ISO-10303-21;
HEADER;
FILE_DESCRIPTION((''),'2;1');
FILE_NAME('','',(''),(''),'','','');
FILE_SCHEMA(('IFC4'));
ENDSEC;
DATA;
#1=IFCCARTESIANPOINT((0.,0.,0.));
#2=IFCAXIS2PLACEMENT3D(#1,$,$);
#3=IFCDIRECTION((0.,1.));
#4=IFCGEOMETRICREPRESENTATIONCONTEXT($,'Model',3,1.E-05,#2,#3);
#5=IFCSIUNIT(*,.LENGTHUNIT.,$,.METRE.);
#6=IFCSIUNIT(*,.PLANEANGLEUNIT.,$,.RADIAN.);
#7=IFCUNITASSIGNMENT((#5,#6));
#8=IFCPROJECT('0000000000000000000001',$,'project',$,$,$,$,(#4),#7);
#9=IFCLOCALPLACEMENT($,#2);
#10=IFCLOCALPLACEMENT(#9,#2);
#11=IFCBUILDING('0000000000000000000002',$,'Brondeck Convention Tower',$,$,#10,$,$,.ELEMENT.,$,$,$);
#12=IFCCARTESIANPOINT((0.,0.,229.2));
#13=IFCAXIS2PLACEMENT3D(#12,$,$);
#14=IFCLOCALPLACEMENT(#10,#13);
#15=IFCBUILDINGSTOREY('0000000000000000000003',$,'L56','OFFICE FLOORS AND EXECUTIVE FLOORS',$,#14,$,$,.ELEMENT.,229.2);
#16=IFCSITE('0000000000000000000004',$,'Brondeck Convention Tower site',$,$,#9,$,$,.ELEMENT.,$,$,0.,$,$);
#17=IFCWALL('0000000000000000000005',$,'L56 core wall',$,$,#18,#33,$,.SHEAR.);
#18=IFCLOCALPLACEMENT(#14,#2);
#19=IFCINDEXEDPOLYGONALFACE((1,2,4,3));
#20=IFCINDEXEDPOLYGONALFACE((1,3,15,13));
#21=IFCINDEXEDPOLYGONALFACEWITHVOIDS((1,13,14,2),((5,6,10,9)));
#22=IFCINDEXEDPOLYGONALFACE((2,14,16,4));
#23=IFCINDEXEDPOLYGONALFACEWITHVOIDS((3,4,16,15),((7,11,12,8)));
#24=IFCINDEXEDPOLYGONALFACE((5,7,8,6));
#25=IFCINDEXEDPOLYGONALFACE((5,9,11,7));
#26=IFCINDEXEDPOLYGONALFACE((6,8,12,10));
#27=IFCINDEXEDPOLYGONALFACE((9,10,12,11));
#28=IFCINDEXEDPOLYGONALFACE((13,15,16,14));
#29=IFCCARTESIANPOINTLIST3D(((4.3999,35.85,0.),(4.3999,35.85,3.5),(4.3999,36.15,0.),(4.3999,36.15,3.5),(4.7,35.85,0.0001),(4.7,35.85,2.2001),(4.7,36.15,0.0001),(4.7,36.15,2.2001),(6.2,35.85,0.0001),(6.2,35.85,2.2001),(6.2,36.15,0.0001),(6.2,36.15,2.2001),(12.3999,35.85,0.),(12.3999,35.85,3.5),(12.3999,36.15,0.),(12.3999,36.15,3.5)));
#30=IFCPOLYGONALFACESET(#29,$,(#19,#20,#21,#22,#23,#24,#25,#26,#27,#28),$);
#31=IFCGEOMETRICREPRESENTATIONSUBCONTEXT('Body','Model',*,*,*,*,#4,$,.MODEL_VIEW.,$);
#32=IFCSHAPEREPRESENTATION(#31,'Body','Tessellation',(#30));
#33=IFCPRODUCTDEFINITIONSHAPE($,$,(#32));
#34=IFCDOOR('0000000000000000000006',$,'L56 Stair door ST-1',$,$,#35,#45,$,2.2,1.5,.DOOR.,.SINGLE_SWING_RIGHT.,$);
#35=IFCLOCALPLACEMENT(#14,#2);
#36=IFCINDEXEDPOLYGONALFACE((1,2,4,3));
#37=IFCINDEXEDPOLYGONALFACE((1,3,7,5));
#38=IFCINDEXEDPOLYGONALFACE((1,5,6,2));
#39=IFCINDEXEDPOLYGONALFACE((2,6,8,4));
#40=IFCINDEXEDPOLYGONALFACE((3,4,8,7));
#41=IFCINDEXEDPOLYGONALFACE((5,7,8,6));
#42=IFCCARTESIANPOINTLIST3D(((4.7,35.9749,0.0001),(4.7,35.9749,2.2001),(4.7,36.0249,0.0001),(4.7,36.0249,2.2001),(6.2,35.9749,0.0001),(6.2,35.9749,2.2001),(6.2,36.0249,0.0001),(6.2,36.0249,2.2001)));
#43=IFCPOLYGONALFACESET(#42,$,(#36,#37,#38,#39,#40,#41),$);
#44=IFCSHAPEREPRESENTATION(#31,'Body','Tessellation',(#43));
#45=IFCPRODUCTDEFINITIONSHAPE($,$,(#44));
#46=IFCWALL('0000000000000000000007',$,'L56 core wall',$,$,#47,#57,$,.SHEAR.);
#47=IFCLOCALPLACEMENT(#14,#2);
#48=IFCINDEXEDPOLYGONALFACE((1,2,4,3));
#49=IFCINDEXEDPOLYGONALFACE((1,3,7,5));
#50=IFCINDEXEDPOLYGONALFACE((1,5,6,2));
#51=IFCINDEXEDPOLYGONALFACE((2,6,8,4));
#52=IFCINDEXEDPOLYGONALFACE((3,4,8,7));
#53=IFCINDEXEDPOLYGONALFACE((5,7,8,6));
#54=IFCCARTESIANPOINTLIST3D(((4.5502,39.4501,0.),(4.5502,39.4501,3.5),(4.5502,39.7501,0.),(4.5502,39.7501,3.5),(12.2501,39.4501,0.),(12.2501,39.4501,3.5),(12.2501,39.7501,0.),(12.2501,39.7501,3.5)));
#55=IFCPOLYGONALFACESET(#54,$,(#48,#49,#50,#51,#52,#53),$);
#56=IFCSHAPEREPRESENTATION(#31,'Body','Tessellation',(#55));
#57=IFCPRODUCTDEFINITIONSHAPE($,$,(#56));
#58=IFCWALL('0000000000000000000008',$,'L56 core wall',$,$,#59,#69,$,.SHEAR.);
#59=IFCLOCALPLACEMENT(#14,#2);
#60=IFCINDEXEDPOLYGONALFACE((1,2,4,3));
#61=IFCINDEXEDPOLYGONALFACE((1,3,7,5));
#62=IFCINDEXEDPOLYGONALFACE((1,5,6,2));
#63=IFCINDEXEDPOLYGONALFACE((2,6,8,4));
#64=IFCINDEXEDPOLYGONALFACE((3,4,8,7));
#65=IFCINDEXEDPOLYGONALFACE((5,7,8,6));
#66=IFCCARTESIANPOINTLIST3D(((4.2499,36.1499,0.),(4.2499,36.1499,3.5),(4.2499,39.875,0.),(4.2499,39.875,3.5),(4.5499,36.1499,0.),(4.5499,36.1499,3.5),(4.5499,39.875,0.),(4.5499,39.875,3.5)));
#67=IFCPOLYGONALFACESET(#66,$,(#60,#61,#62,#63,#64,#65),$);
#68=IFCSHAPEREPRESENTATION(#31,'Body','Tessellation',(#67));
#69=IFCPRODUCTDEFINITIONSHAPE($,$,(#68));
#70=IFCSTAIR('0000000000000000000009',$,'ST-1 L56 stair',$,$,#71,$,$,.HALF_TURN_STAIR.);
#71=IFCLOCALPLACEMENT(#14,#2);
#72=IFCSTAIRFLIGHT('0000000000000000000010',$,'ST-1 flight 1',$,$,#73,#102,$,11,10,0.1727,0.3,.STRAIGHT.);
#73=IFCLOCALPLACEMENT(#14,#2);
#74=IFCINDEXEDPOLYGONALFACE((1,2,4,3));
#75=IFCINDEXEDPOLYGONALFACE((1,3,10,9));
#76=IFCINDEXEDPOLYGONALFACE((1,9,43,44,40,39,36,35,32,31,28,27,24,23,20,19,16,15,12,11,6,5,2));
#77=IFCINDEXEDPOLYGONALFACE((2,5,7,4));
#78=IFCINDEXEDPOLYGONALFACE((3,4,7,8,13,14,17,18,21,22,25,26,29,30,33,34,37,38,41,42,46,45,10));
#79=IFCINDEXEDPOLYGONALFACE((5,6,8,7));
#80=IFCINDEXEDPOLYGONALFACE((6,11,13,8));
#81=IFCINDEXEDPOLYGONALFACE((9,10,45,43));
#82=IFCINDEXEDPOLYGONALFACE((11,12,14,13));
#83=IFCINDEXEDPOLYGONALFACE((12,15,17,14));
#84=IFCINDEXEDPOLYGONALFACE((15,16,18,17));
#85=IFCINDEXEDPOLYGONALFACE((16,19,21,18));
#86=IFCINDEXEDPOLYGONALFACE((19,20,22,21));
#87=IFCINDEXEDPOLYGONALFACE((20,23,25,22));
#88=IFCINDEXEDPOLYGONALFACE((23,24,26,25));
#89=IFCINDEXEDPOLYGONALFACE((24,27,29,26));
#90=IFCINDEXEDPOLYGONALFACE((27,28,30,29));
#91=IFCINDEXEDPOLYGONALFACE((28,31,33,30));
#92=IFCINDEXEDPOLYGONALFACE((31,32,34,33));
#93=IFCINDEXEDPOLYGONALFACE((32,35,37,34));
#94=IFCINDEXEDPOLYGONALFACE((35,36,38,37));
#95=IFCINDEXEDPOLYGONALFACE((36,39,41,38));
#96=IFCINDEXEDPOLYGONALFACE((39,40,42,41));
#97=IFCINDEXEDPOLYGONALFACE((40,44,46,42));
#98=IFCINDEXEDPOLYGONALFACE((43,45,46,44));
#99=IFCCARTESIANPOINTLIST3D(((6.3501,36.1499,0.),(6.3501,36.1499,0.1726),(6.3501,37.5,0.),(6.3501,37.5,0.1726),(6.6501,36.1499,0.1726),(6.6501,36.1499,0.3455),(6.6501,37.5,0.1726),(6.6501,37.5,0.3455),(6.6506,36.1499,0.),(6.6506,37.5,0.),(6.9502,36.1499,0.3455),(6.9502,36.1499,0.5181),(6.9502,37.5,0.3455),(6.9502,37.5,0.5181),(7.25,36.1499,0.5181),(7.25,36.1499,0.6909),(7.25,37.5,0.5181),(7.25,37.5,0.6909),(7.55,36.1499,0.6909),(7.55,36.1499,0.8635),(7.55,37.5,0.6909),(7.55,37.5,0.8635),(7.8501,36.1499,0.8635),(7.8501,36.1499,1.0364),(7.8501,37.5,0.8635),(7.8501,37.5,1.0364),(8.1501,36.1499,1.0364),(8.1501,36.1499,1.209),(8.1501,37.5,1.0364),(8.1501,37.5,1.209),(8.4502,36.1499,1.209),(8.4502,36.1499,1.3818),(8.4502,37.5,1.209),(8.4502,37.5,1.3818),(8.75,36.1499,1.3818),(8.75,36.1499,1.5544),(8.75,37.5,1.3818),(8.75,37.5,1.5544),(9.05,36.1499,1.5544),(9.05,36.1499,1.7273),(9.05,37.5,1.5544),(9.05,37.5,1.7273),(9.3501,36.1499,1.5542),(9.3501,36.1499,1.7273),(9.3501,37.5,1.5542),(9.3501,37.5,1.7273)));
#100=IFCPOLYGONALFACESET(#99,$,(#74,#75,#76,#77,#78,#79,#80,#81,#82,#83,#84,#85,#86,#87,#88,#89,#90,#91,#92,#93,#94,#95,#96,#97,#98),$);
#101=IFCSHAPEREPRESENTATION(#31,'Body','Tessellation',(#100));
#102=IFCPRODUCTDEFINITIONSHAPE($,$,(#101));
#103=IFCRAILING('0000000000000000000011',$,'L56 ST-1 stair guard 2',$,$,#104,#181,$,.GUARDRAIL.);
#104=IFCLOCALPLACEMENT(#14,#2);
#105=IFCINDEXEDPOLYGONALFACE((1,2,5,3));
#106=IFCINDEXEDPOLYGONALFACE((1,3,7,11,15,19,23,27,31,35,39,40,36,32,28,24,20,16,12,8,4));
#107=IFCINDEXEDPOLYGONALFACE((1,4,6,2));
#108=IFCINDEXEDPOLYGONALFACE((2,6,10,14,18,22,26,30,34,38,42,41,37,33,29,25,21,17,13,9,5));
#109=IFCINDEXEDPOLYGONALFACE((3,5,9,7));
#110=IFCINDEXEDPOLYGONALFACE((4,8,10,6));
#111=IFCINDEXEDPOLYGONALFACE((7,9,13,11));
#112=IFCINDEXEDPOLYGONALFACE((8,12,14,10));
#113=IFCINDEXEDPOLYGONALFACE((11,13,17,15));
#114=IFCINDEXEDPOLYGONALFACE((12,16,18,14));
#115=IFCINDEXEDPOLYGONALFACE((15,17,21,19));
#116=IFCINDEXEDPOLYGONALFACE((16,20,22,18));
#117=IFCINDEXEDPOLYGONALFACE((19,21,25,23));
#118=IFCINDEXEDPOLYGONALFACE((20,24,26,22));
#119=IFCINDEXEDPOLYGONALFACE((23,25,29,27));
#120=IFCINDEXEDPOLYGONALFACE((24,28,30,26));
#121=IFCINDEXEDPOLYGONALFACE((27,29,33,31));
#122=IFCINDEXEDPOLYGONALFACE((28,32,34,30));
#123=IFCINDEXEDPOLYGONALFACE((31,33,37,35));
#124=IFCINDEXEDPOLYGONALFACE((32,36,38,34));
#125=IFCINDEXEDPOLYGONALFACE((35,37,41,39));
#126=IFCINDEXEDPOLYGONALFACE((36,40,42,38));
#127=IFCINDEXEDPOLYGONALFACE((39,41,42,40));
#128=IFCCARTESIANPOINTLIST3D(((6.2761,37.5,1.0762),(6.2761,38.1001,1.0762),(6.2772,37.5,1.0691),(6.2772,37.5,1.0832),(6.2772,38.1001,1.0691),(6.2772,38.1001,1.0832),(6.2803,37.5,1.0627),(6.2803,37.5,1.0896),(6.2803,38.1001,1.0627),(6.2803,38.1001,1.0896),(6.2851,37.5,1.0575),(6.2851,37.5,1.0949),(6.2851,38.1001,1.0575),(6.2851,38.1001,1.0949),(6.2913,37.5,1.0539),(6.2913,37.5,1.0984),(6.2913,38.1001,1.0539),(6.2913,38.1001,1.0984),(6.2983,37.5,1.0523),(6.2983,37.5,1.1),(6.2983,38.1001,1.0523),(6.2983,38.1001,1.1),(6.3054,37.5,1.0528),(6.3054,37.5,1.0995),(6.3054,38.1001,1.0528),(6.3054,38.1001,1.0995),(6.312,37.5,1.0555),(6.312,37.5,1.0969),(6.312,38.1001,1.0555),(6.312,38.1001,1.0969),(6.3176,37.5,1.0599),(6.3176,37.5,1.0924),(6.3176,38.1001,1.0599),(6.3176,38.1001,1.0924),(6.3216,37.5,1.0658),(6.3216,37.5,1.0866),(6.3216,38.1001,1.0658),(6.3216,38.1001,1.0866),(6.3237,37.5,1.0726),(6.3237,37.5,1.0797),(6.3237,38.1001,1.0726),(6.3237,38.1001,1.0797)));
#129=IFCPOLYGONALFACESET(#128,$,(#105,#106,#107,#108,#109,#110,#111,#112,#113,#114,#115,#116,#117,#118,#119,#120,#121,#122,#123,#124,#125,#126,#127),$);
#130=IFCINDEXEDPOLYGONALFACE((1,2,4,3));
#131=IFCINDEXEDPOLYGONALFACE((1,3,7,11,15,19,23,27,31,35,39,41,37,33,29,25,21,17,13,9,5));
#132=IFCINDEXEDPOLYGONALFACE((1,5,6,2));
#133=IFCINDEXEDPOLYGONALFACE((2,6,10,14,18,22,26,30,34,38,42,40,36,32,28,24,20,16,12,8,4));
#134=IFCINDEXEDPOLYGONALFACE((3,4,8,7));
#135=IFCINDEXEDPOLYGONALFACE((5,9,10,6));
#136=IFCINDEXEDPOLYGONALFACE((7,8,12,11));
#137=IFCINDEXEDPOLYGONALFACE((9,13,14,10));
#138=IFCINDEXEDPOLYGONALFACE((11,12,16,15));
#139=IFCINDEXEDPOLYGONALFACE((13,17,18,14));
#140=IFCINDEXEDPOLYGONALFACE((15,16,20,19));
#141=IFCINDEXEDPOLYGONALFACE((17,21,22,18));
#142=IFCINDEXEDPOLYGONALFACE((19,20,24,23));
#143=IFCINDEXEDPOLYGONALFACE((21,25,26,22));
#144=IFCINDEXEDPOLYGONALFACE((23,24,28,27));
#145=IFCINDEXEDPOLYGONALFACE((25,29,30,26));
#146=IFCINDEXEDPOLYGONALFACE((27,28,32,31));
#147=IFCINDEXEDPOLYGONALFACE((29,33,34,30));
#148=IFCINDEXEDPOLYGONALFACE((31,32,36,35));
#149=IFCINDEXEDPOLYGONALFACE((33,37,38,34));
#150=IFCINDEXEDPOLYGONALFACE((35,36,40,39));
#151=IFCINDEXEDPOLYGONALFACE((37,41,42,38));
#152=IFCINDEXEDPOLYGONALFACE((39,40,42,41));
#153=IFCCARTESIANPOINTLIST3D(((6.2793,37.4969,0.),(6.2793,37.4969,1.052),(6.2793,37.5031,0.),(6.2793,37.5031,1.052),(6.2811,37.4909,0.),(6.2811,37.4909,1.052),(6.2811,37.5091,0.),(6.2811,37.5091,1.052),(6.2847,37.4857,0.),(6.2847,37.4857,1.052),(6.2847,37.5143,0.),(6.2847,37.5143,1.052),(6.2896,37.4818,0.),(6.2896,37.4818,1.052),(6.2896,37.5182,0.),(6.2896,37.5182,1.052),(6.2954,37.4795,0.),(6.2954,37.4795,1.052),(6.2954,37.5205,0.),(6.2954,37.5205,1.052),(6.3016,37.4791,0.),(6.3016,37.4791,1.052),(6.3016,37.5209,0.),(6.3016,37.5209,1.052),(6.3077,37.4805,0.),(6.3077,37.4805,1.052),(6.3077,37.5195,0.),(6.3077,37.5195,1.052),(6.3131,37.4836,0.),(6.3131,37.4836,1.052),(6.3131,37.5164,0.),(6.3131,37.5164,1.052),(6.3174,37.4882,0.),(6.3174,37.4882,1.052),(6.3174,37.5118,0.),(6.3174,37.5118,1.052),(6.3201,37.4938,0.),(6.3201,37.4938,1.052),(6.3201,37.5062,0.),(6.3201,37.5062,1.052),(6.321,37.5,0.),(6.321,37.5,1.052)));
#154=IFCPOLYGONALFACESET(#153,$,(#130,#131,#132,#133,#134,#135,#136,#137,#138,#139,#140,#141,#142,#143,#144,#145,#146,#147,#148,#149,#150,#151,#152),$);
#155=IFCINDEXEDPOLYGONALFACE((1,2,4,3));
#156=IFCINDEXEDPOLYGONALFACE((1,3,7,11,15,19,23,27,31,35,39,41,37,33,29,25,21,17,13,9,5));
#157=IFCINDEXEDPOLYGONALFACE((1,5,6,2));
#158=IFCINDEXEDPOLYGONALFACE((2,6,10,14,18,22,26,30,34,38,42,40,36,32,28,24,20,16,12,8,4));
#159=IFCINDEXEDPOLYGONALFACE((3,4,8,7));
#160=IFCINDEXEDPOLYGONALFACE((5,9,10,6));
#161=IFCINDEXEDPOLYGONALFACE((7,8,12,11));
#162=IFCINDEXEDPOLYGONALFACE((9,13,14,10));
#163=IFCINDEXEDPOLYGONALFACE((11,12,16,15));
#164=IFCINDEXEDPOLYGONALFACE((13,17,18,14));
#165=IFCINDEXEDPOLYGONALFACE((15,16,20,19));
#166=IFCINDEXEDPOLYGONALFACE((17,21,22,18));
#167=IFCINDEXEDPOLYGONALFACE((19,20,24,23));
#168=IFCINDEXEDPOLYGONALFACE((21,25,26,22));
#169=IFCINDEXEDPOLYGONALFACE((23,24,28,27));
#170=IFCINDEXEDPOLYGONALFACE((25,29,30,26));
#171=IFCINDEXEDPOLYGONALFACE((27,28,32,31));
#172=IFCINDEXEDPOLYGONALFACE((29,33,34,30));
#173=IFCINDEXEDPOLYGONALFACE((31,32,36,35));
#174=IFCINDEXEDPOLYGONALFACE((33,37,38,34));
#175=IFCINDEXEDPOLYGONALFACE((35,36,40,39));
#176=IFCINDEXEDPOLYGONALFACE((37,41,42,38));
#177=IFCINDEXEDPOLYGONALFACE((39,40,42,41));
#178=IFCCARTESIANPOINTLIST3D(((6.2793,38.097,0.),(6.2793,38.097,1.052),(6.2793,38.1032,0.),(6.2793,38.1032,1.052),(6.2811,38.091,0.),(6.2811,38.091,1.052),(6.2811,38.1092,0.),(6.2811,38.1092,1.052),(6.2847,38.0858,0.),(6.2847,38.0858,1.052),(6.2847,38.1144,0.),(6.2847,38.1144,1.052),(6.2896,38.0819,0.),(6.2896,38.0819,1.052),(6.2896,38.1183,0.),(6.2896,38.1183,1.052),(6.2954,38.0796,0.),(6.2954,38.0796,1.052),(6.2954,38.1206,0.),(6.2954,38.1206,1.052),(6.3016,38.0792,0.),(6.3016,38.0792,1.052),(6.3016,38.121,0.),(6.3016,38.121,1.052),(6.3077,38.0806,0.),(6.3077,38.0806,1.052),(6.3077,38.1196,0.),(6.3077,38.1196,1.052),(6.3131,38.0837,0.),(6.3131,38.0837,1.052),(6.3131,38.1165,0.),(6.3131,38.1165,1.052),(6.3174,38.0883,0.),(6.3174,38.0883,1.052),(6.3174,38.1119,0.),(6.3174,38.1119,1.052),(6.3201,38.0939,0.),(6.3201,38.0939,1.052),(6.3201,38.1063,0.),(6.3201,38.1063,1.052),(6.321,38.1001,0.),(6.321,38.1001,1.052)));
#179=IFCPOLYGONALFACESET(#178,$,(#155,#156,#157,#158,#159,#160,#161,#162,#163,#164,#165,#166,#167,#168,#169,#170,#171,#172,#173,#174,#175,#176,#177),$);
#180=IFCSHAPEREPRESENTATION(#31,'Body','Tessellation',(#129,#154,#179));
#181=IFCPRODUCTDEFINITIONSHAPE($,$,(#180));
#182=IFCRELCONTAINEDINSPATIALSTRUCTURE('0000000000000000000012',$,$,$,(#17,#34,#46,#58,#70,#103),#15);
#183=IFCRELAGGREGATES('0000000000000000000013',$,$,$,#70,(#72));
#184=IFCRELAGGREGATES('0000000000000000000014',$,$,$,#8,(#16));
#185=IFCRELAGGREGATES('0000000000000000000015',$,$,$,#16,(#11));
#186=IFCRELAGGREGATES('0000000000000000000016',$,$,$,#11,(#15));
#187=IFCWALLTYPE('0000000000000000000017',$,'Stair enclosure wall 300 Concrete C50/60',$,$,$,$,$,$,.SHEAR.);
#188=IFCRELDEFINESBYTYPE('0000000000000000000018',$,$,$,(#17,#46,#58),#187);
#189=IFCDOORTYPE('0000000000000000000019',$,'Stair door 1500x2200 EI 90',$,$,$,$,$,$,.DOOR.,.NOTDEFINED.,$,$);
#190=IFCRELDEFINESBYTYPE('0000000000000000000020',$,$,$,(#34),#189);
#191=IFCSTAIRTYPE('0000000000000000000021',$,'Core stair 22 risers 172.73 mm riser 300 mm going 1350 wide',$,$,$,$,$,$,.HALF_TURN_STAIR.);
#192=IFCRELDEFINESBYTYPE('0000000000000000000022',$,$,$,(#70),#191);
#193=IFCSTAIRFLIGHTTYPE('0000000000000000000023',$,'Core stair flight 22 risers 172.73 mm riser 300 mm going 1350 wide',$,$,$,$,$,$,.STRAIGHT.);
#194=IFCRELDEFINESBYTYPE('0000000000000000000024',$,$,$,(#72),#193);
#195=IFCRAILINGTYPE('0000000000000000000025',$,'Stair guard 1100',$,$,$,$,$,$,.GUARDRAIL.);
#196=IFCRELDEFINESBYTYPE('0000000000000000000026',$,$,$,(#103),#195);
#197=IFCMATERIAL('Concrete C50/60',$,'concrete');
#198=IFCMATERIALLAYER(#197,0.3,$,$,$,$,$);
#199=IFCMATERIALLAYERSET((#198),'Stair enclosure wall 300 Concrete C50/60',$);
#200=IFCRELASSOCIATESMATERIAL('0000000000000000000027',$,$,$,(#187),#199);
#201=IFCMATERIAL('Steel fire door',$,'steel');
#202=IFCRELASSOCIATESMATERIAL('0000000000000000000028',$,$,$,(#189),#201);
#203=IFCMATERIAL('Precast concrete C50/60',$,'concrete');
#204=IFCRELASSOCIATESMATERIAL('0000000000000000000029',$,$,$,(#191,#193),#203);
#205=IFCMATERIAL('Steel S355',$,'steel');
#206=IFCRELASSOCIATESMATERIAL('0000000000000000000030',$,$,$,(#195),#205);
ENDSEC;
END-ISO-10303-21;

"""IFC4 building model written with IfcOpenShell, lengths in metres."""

from ifc_helpers import new_model, si_unit, direction, frame, frame_2d, origin, origin_2d, place, context, subcontext, project, spatial, polyline, rectangle, circle, outline, extrude, material, layer, layer_set, type_object, element, fill, aggregate, save


model = new_model("IFC4")

# Units and contexts
model_context = context("Model", 3, precision=1e-05, world=origin(), true_north=direction((0.0, 1.0)))
body_context = subcontext(model_context, "Body", "Model", "MODEL_VIEW")
ifc_project = project(units=[si_unit("LENGTHUNIT", "METRE"), si_unit("PLANEANGLEUNIT", "RADIAN")], contexts=[model_context])

# Site, building, storey
site_placement = place(None, origin())
site = spatial("IfcSite", under=ifc_project, at=site_placement, Name="Brondeck Convention Tower site", CompositionType="ELEMENT", RefElevation=0.0)
building_placement = place(site_placement, origin())
building = spatial("IfcBuilding", under=site, at=building_placement, Name="Brondeck Convention Tower", CompositionType="ELEMENT")
storey_placement = place(building_placement, frame((0.0, 0.0, 229.2)))
storey = spatial("IfcBuildingStorey", under=building, at=storey_placement, Name="L56", Description="OFFICE FLOORS AND EXECUTIVE FLOORS", CompositionType="ELEMENT", Elevation=229.2)

# Shared definitions
ifc_material_1 = material(Name="Concrete C50/60", Category="concrete")

# Shared definitions
ifc_material_2 = material(Name="Steel fire door", Category="steel")

# Wall, opening, door
ifc_layer_1 = layer(ifc_material_1, 0.3)
ifc_layer_set_1 = layer_set([ifc_layer_1], Name="Stair enclosure wall 300 Concrete C50/60")
wall_type_1 = type_object("IfcWallType", Name="Stair enclosure wall 300 Concrete C50/60", PredefinedType="SHEAR", material=ifc_layer_set_1)
wall_1_placement = place(storey_placement, frame((4.3999, 36.0, 0.0), z_axis=(0.0, 0.0, 1.0), x_axis=(1.0, 0.0, 0.0)))
wall_1 = element("IfcWall", 1, at=wall_1_placement, inside=storey, type_object=wall_type_1, Name="L56 core wall", PredefinedType="SHEAR", context=body_context, shape_type="SweptSolid", body=[
    extrude(rectangle(XDim=8.0, YDim=0.3, at=frame_2d((4.0, 0.0))), origin(), (0.0, 0.0, 1.0), 3.5),
])
opening_1_placement = place(wall_1_placement, frame((0.3, 0.0, 0.0)))
opening_1 = element("IfcOpeningElement", 2, at=opening_1_placement, cuts=wall_1, PredefinedType="OPENING", context=body_context, shape_type="SweptSolid", body=[
    extrude(rectangle(XDim=1.5, YDim=2.2, at=frame_2d((0.75, 1.1001))), frame((0.0, 0.1599, 0.0), z_axis=(0.0, -1.0, 0.0), x_axis=(1.0, 0.0, 0.0)), (0.0, 0.0, 1.0), 0.3201),
])
door_type_1 = type_object("IfcDoorType", Name="Stair door 1500x2200 EI 90", OperationType="NOTDEFINED", PredefinedType="DOOR", material=ifc_material_2)
door_1_placement = place(opening_1_placement, origin())
door_1 = element("IfcDoor", 3, at=door_1_placement, inside=storey, type_object=door_type_1, Name="L56 Stair door ST-1", OperationType="SINGLE_SWING_RIGHT", OverallHeight=2.2, OverallWidth=1.5, PredefinedType="DOOR", context=body_context, shape_type="SweptSolid", body=[
    extrude(rectangle(XDim=1.5, YDim=2.2, at=frame_2d((0.75, 1.1001))), frame((0.0, 0.0249, 0.0), z_axis=(0.0, -1.0, 0.0), x_axis=(1.0, 0.0, 0.0)), (0.0, 0.0, 1.0), 0.05),
])
fill(opening_1, door_1)

# Walls
wall_2_placement = place(storey_placement, frame((4.55, 39.6001, 0.0), z_axis=(0.0, 0.0, 1.0), x_axis=(1.0, 0.0, 0.0)))
element("IfcWall", 4, at=wall_2_placement, inside=storey, type_object=wall_type_1, Name="L56 core wall", PredefinedType="SHEAR", context=body_context, shape_type="SweptSolid", body=[
    extrude(rectangle(XDim=7.7, YDim=0.3, at=frame_2d((3.8501, 0.0))), origin(), (0.0, 0.0, 1.0), 3.5),
])
wall_3_placement = place(storey_placement, frame((4.3999, 36.1499, 0.0), z_axis=(0.0, 0.0, 1.0), x_axis=(0.0, 1.0, 0.0)))
element("IfcWall", 5, at=wall_3_placement, inside=storey, type_object=wall_type_1, Name="L56 core wall", PredefinedType="SHEAR", context=body_context, shape_type="SweptSolid", body=[
    extrude(rectangle(XDim=3.7251, YDim=0.3, at=frame_2d((1.8625, 0.0))), origin(), (0.0, 0.0, 1.0), 3.5),
])

# Stair, stair flight
ifc_material_3 = material(Name="Precast concrete C50/60", Category="concrete")
stair_type = type_object("IfcStairType", Name="Core stair 22 risers 172.73 mm riser 300 mm going 1350 wide", PredefinedType="HALF_TURN_STAIR", material=ifc_material_3)
stair_placement = place(storey_placement, origin())
stair = element("IfcStair", 6, at=stair_placement, inside=storey, type_object=stair_type, Name="ST-1 L56 stair", PredefinedType="HALF_TURN_STAIR")
stair_flight_type = type_object("IfcStairFlightType", Name="Core stair flight 22 risers 172.73 mm riser 300 mm going 1350 wide", PredefinedType="STRAIGHT", material=ifc_material_3)
stair_flight_placement = place(storey_placement, frame((6.3501, 36.825, 0.0), z_axis=(0.0, 0.0, 1.0), x_axis=(1.0, 0.0, 0.0)))
stair_flight = element("IfcStairFlight", 7, at=stair_flight_placement, type_object=stair_flight_type, Name="ST-1 flight 1", NumberOfRisers=11, NumberOfTreads=10, PredefinedType="STRAIGHT", RiserHeight=0.1727, TreadLength=0.3, context=body_context, shape_type="SweptSolid", body=[
    extrude(outline(polyline([(0.0, 0.0), (0.0, 0.1726), (0.3, 0.1726), (0.3, 0.3455), (0.6001, 0.3455), (0.6001, 0.5181), (0.8999, 0.5181), (0.8999, 0.6909), (1.2, 0.6909), (1.2, 0.8635), (1.5, 0.8635), (1.5, 1.0364), (1.8, 1.0364), (1.8, 1.209), (2.1001, 1.209), (2.1001, 1.3818), (2.3999, 1.3818), (2.3999, 1.5544), (2.7, 1.5544), (2.7, 1.7273), (3.0, 1.7273), (3.0, 1.8999), (3.0, 1.5542), (0.3005, 0.0), (0.0, 0.0)])), frame((0.0, 0.675, 0.0), z_axis=(0.0, -1.0, 0.0), x_axis=(1.0, 0.0, 0.0)), (0.0, 0.0, 1.0), 1.3501),
])
aggregate(stair, [stair_flight])

# Railing
ifc_material_4 = material(Name="Steel S355", Category="steel")
railing_type_1 = type_object("IfcRailingType", Name="Stair guard 1100", PredefinedType="GUARDRAIL", material=ifc_material_4)
railing_1_placement = place(storey_placement, frame((6.3, 37.5, 0.0)))
element("IfcRailing", 8, at=railing_1_placement, inside=storey, type_object=railing_type_1, Name="L56 ST-1 stair guard 2", PredefinedType="GUARDRAIL", context=body_context, shape_type="SweptSolid", body=[
    extrude(circle(Radius=0.0239, at=origin_2d()), frame((0.0, 0.0, 1.0762), z_axis=(0.0, 1.0, 0.0), x_axis=(-1.0, 0.0, 0.0)), (0.0, 0.0, 1.0), 0.6001),
    extrude(circle(Radius=0.021, at=origin_2d()), origin(), (0.0, 0.0, 1.0), 1.052),
    extrude(circle(Radius=0.021, at=origin_2d()), frame((0.0, 0.6001, 0.0)), (0.0, 0.0, 1.0), 1.052),
])

save(model, "model.ifc")
